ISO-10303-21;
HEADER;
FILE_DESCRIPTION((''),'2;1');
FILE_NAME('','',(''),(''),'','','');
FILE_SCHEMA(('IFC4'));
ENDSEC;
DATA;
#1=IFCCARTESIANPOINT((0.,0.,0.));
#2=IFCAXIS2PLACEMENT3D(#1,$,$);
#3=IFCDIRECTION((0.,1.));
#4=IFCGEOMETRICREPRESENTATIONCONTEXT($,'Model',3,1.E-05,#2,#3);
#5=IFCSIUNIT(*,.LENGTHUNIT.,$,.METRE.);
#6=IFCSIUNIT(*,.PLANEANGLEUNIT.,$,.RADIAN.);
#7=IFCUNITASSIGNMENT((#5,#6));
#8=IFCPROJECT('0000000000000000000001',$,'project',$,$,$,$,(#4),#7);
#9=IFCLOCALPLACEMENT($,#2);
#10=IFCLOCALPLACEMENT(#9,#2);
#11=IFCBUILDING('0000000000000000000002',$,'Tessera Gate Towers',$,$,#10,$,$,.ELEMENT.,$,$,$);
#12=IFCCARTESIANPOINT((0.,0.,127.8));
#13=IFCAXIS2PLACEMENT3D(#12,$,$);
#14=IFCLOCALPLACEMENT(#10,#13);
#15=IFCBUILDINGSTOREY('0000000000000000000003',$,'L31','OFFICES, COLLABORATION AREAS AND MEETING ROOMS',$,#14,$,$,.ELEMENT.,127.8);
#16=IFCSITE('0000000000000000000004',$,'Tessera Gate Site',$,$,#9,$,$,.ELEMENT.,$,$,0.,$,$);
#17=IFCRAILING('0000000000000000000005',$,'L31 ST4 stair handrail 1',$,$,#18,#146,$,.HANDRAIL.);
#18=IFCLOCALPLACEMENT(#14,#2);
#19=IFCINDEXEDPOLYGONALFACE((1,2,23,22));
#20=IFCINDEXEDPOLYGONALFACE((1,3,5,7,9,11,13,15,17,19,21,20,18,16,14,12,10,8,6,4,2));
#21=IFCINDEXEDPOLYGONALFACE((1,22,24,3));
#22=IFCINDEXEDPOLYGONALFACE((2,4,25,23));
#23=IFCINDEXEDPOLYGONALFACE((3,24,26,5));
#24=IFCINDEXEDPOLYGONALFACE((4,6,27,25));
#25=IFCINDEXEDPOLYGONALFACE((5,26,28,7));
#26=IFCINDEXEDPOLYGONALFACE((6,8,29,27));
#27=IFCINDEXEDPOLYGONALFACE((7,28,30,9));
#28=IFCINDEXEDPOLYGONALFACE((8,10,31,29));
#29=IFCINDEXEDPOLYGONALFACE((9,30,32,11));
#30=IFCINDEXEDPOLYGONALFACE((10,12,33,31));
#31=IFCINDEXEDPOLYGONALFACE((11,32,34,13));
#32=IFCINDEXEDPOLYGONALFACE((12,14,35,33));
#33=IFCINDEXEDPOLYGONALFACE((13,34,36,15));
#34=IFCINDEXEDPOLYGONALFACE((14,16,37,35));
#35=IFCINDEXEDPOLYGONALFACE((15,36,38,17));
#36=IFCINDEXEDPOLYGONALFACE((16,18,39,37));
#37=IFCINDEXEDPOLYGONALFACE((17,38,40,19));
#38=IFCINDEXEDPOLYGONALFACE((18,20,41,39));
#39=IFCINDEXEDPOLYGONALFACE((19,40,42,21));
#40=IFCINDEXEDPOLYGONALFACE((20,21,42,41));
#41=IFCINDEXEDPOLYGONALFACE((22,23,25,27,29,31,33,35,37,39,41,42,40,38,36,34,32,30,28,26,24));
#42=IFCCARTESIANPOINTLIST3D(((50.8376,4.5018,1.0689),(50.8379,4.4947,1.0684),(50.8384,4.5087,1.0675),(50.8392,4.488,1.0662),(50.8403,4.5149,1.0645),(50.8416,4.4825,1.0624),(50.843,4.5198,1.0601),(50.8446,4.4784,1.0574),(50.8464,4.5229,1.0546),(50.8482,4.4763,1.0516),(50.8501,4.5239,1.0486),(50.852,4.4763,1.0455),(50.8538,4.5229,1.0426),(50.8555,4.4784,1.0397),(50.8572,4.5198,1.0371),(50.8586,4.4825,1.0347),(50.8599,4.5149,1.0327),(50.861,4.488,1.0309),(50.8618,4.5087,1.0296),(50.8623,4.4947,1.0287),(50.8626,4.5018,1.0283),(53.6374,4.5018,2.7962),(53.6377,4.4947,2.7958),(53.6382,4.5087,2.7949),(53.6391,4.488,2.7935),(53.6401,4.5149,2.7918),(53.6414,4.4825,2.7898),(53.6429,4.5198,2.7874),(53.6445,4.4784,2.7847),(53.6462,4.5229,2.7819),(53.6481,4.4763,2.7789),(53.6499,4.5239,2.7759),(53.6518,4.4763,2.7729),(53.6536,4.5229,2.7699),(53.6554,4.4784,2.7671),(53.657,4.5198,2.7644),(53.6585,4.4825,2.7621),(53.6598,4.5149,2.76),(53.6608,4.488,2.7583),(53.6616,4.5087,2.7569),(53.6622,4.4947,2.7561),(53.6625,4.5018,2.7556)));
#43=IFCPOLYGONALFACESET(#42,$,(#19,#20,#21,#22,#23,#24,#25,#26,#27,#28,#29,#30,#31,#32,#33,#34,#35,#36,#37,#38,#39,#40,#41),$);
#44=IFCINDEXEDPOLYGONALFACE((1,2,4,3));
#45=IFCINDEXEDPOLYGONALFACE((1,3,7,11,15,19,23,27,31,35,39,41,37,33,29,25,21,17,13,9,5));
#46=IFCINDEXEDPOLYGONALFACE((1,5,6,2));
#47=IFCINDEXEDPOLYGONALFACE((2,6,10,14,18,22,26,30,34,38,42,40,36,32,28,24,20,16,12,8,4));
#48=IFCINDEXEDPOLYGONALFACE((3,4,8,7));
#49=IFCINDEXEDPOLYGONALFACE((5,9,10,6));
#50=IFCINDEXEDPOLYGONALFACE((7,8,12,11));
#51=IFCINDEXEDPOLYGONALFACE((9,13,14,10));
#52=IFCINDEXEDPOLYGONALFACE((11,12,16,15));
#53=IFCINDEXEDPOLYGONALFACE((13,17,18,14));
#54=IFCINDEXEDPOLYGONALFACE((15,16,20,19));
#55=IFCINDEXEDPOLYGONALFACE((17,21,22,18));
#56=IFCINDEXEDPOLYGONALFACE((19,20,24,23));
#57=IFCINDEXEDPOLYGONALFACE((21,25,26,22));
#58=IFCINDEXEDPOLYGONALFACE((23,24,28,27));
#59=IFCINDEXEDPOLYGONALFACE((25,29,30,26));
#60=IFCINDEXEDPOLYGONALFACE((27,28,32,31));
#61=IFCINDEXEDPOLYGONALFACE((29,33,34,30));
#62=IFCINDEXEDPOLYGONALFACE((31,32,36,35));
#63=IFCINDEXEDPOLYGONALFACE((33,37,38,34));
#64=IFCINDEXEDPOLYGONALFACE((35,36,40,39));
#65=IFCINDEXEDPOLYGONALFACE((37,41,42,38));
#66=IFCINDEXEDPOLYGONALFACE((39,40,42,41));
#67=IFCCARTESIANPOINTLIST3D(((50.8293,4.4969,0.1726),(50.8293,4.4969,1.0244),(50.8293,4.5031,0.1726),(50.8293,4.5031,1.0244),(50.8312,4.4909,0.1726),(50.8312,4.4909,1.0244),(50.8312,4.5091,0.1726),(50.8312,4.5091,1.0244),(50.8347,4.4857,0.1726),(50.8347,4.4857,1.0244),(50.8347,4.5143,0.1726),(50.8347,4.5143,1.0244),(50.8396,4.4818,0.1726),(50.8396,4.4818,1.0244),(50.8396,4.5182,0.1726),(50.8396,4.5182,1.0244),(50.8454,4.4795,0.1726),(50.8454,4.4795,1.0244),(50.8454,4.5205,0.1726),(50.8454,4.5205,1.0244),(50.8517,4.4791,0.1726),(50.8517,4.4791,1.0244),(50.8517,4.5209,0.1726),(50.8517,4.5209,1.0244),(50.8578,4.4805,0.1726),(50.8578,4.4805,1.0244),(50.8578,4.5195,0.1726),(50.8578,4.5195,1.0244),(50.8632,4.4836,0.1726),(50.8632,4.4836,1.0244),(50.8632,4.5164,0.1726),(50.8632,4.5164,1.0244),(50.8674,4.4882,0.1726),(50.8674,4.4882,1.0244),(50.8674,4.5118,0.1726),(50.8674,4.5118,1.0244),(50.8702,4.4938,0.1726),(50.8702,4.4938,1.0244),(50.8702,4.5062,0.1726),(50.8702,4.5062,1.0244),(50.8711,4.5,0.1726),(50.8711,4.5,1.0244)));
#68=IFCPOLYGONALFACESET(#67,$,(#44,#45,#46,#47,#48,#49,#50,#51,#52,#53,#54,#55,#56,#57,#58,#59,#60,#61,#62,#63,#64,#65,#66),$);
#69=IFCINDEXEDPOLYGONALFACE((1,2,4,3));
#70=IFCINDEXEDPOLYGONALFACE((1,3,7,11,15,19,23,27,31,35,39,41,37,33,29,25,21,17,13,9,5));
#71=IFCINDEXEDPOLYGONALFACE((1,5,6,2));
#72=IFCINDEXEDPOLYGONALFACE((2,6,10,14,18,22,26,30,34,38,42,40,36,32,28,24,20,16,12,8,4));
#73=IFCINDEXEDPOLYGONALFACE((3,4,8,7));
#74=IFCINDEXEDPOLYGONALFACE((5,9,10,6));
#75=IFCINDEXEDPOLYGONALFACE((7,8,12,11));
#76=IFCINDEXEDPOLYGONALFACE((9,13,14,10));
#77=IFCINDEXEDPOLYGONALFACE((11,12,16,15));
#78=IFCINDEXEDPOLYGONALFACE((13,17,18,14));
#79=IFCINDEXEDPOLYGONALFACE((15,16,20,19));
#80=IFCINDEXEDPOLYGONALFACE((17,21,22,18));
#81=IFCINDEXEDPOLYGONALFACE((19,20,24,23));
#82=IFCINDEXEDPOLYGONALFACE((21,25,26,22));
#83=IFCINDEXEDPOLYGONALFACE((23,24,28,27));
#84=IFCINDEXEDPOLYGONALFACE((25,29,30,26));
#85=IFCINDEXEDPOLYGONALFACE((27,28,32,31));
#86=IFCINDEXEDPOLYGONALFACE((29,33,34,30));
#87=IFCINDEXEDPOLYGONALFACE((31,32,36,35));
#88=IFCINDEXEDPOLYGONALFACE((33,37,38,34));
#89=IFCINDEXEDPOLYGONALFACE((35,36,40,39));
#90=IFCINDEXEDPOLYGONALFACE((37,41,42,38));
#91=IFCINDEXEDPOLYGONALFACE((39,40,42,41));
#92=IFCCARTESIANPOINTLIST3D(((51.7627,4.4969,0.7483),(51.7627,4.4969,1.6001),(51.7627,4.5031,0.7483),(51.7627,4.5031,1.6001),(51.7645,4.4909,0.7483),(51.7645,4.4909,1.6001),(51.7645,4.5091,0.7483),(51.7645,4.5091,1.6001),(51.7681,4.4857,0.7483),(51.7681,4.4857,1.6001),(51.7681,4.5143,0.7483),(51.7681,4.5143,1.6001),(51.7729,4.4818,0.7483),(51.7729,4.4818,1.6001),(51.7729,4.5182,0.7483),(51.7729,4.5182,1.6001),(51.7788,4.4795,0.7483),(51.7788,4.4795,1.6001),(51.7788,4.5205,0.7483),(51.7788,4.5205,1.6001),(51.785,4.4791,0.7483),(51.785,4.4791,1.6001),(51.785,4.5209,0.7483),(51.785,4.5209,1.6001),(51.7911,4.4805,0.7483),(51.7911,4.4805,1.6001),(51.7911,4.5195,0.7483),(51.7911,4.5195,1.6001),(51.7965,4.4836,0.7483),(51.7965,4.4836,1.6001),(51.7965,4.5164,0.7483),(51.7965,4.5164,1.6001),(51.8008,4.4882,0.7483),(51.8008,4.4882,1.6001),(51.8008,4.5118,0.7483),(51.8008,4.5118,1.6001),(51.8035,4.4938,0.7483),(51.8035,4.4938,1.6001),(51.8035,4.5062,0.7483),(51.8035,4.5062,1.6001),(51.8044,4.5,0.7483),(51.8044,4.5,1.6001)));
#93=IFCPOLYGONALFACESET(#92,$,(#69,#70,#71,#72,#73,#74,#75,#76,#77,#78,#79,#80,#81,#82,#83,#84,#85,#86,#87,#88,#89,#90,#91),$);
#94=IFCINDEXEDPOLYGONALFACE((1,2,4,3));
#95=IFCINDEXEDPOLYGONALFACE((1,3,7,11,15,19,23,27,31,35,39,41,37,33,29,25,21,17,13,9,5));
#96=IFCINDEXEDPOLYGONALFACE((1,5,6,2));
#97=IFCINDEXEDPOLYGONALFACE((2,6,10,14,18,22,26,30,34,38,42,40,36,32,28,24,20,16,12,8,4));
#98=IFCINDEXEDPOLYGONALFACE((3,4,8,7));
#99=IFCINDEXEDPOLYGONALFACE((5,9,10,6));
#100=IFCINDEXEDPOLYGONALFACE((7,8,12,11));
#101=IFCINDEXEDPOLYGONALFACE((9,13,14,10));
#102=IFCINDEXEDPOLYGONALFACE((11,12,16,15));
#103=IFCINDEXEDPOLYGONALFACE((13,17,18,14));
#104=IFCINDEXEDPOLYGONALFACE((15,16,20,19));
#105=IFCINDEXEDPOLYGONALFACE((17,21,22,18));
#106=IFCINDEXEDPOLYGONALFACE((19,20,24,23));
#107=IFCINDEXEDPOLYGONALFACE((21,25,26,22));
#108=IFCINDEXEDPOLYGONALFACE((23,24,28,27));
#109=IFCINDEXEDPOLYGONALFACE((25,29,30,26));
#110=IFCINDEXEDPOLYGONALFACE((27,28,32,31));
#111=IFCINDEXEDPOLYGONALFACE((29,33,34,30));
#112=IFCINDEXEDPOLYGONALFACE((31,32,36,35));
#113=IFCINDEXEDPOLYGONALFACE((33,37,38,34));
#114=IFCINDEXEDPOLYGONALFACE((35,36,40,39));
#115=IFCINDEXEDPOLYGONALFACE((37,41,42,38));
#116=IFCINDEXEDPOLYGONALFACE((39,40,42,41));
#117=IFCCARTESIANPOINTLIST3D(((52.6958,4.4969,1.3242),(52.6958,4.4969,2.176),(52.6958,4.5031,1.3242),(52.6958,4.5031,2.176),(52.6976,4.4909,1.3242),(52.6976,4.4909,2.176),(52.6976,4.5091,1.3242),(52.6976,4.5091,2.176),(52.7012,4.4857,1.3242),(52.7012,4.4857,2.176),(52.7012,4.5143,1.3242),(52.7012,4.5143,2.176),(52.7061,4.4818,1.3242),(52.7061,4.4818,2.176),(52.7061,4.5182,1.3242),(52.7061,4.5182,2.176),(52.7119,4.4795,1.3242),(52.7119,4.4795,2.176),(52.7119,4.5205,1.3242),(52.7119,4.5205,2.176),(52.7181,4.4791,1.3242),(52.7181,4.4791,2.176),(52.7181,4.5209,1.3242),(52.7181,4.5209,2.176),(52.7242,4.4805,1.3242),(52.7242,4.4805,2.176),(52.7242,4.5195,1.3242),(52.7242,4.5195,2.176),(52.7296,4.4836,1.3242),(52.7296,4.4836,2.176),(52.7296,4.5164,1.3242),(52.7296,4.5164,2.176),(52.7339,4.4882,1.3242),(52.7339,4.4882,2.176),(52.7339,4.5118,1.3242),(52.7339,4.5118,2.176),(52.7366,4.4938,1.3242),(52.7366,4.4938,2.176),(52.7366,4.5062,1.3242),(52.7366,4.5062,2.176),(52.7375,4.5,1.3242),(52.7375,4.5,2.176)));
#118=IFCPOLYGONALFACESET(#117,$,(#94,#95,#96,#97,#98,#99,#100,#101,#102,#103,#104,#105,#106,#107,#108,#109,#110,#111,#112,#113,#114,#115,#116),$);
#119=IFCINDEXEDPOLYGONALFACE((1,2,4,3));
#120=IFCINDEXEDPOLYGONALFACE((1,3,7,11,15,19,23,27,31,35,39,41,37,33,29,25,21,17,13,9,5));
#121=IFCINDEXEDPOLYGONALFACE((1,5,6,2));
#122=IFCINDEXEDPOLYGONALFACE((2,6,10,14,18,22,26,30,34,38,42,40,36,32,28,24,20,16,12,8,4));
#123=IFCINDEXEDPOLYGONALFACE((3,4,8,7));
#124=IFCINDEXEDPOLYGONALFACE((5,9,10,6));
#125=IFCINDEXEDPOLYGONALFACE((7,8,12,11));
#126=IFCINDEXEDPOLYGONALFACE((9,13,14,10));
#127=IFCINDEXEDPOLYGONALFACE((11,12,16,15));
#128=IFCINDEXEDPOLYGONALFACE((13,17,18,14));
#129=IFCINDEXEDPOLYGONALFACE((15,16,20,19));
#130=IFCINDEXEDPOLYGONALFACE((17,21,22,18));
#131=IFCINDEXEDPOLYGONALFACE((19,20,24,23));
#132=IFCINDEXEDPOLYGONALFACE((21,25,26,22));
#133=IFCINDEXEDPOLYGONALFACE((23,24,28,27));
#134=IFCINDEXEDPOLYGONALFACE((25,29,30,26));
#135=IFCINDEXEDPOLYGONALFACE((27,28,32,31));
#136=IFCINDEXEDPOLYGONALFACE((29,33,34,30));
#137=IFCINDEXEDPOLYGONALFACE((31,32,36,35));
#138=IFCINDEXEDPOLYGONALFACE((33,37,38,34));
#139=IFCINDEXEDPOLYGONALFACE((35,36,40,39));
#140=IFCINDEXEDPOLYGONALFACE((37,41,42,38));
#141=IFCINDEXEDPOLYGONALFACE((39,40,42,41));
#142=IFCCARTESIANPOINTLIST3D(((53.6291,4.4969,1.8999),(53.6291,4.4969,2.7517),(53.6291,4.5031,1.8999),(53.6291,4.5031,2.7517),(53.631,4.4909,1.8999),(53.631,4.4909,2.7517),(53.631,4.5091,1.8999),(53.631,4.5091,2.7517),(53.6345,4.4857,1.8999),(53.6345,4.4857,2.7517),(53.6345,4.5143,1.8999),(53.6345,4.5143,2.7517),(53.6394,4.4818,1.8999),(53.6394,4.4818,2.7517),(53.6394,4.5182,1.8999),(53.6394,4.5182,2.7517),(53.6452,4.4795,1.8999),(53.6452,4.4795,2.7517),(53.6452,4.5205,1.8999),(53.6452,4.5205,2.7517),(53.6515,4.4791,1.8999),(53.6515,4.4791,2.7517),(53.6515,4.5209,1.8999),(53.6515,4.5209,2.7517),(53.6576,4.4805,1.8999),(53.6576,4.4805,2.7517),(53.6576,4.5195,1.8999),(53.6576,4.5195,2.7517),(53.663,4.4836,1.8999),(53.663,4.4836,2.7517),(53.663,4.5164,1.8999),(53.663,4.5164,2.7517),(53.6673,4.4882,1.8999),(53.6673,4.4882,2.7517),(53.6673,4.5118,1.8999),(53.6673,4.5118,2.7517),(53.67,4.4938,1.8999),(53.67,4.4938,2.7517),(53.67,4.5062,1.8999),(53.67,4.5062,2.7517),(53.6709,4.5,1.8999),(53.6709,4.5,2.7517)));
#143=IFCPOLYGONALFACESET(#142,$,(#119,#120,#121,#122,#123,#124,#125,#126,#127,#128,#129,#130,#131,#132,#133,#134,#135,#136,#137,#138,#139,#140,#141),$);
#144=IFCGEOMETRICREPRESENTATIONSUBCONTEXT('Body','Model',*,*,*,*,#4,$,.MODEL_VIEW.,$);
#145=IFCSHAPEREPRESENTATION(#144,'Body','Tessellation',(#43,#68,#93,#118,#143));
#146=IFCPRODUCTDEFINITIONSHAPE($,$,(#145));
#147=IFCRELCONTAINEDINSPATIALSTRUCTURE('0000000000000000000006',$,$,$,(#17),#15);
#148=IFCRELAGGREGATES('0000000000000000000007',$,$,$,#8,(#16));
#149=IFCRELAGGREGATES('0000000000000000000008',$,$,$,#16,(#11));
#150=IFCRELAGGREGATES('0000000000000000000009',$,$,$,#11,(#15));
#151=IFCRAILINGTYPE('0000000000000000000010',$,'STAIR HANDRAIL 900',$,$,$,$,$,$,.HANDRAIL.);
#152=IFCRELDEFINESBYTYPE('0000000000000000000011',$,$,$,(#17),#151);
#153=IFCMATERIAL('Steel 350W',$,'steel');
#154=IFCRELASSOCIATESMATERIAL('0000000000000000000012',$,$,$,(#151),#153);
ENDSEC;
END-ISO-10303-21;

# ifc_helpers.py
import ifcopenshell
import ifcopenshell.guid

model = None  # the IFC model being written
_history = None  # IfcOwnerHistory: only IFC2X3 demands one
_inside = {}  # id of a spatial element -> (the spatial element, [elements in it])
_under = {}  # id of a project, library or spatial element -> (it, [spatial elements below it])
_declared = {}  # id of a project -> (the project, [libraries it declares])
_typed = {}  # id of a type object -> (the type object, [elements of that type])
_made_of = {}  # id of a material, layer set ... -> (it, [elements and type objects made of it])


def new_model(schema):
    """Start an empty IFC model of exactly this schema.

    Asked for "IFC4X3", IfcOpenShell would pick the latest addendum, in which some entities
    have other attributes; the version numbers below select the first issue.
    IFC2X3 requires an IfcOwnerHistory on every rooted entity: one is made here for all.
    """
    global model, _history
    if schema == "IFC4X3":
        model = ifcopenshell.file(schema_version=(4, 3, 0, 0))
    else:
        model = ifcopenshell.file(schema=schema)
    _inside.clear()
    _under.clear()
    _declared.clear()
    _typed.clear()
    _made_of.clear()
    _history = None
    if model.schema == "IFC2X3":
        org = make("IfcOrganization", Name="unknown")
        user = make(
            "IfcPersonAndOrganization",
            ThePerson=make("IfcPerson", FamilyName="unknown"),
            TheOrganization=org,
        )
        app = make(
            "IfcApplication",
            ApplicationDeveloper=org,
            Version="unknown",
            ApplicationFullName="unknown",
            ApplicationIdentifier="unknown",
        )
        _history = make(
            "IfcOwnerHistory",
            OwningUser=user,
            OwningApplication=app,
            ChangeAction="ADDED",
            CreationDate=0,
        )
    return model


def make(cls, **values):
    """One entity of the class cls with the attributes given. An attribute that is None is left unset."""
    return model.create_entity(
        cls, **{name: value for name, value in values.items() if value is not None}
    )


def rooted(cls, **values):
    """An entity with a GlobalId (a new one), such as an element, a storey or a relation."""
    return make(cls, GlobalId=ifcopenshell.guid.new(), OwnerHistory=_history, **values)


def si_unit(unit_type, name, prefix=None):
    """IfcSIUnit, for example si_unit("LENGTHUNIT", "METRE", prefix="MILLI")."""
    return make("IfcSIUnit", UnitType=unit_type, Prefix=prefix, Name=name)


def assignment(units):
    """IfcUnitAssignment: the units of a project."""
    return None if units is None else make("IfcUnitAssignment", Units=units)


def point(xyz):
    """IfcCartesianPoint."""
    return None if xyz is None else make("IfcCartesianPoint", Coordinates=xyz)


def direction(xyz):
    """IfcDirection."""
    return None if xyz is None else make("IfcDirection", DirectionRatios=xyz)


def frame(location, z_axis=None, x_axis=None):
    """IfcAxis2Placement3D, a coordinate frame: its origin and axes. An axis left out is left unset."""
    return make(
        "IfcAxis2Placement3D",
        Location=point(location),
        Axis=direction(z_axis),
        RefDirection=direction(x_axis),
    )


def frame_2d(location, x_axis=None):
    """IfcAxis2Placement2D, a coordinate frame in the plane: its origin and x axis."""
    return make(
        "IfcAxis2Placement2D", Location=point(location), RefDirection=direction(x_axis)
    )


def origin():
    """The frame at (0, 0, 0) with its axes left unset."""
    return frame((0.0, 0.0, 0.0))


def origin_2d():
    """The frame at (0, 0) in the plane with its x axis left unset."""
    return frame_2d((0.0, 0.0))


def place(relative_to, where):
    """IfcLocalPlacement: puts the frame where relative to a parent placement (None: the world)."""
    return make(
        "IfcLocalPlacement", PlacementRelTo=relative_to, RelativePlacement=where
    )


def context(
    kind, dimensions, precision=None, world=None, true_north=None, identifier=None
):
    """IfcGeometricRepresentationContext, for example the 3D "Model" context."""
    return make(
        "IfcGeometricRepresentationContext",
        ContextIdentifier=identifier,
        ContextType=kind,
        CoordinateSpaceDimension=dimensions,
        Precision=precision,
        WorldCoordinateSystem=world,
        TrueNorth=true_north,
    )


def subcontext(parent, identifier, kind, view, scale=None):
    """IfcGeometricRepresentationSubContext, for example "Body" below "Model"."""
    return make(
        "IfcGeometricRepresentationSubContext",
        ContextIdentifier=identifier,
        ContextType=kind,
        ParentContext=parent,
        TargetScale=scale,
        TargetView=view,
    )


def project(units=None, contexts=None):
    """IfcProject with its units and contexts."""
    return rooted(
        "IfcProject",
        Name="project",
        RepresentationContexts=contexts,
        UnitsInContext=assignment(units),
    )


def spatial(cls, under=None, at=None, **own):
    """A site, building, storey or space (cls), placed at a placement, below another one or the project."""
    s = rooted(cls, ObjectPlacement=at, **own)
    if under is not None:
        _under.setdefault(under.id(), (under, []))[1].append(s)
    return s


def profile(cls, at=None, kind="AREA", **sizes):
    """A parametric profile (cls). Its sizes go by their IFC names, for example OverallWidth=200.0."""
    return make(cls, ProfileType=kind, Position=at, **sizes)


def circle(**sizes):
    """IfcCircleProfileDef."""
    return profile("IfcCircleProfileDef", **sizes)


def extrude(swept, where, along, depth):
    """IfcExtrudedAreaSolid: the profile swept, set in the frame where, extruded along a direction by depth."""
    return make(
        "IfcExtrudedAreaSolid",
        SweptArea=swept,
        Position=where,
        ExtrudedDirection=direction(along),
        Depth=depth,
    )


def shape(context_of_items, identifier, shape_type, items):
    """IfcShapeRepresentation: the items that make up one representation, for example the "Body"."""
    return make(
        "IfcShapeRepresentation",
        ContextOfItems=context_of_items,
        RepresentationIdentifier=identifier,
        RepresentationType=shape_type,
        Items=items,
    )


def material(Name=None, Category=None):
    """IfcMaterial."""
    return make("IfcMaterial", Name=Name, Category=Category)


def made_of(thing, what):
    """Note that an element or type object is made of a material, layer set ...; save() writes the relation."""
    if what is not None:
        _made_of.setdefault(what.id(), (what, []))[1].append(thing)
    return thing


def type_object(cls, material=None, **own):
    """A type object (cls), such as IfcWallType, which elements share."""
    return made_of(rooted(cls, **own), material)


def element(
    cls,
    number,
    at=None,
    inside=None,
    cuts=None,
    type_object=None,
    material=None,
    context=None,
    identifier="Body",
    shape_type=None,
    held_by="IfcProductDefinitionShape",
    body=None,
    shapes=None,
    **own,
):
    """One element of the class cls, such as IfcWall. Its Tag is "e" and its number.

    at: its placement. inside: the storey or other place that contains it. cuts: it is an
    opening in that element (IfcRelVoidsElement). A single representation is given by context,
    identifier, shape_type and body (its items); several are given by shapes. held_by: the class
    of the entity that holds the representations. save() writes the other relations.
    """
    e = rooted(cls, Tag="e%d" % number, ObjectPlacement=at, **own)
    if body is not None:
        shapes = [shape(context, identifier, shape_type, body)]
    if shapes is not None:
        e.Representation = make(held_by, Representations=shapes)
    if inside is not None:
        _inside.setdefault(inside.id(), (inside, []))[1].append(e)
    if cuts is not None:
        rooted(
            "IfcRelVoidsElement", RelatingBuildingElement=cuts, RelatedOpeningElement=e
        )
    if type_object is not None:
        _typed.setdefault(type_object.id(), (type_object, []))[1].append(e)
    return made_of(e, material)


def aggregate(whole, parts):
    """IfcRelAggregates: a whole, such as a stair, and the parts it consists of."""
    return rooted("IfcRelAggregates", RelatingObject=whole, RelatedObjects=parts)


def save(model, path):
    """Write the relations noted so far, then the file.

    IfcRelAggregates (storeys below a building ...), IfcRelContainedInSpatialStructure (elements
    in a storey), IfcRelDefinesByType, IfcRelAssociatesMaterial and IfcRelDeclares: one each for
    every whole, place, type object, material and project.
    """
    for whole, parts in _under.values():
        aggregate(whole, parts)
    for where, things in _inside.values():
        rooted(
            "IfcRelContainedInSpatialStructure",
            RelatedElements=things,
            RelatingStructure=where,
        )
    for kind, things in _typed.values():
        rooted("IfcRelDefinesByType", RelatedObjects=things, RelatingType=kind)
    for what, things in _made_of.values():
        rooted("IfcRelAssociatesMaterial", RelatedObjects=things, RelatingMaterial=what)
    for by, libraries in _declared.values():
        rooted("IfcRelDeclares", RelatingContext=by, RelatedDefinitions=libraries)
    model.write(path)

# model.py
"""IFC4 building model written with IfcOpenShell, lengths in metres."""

from ifc_helpers import new_model, si_unit, direction, frame, origin, origin_2d, place, context, subcontext, project, spatial, circle, extrude, material, type_object, element, save


model = new_model("IFC4")

# Units and contexts
model_context = context("Model", 3, precision=1e-05, world=origin(), true_north=direction((0.0, 1.0)))
body_context = subcontext(model_context, "Body", "Model", "MODEL_VIEW")
ifc_project = project(units=[si_unit("LENGTHUNIT", "METRE"), si_unit("PLANEANGLEUNIT", "RADIAN")], contexts=[model_context])

# Site, building, storey
site_placement = place(None, origin())
site = spatial("IfcSite", under=ifc_project, at=site_placement, Name="Tessera Gate Site", CompositionType="ELEMENT", RefElevation=0.0)
building_placement = place(site_placement, origin())
building = spatial("IfcBuilding", under=site, at=building_placement, Name="Tessera Gate Towers", CompositionType="ELEMENT")
storey_placement = place(building_placement, frame((0.0, 0.0, 127.8)))
storey = spatial("IfcBuildingStorey", under=building, at=storey_placement, Name="L31", Description="OFFICES, COLLABORATION AREAS AND MEETING ROOMS", CompositionType="ELEMENT", Elevation=127.8)

# Railing
ifc_material_1 = material(Name="Steel 350W", Category="steel")
railing_type_1 = type_object("IfcRailingType", Name="STAIR HANDRAIL 900", PredefinedType="HANDRAIL", material=ifc_material_1)
railing_1_placement = place(storey_placement, frame((50.8501, 4.5, 0.1726)))
element("IfcRailing", 1, at=railing_1_placement, inside=storey, type_object=railing_type_1, Name="L31 ST4 stair handrail 1", PredefinedType="HANDRAIL", context=body_context, shape_type="SweptSolid", body=[
    extrude(circle(Radius=0.0239, at=origin_2d()), frame((0.0, 0.0, 0.876), z_axis=(0.851069, 0.0, 0.525054), x_axis=(0.0, 1.0, 0.0)), (0.0, 0.0, 1.0), 3.2898),
    extrude(circle(Radius=0.021, at=origin_2d()), origin(), (0.0, 0.0, 1.0), 0.8518),
    extrude(circle(Radius=0.021, at=origin_2d()), frame((0.9333, 0.0, 0.5757)), (0.0, 0.0, 1.0), 0.8518),
    extrude(circle(Radius=0.021, at=origin_2d()), frame((1.8665, 0.0, 1.1516)), (0.0, 0.0, 1.0), 0.8518),
    extrude(circle(Radius=0.021, at=origin_2d()), frame((2.7998, 0.0, 1.7273)), (0.0, 0.0, 1.0), 0.8518),
])

save(model, "model.ifc")
